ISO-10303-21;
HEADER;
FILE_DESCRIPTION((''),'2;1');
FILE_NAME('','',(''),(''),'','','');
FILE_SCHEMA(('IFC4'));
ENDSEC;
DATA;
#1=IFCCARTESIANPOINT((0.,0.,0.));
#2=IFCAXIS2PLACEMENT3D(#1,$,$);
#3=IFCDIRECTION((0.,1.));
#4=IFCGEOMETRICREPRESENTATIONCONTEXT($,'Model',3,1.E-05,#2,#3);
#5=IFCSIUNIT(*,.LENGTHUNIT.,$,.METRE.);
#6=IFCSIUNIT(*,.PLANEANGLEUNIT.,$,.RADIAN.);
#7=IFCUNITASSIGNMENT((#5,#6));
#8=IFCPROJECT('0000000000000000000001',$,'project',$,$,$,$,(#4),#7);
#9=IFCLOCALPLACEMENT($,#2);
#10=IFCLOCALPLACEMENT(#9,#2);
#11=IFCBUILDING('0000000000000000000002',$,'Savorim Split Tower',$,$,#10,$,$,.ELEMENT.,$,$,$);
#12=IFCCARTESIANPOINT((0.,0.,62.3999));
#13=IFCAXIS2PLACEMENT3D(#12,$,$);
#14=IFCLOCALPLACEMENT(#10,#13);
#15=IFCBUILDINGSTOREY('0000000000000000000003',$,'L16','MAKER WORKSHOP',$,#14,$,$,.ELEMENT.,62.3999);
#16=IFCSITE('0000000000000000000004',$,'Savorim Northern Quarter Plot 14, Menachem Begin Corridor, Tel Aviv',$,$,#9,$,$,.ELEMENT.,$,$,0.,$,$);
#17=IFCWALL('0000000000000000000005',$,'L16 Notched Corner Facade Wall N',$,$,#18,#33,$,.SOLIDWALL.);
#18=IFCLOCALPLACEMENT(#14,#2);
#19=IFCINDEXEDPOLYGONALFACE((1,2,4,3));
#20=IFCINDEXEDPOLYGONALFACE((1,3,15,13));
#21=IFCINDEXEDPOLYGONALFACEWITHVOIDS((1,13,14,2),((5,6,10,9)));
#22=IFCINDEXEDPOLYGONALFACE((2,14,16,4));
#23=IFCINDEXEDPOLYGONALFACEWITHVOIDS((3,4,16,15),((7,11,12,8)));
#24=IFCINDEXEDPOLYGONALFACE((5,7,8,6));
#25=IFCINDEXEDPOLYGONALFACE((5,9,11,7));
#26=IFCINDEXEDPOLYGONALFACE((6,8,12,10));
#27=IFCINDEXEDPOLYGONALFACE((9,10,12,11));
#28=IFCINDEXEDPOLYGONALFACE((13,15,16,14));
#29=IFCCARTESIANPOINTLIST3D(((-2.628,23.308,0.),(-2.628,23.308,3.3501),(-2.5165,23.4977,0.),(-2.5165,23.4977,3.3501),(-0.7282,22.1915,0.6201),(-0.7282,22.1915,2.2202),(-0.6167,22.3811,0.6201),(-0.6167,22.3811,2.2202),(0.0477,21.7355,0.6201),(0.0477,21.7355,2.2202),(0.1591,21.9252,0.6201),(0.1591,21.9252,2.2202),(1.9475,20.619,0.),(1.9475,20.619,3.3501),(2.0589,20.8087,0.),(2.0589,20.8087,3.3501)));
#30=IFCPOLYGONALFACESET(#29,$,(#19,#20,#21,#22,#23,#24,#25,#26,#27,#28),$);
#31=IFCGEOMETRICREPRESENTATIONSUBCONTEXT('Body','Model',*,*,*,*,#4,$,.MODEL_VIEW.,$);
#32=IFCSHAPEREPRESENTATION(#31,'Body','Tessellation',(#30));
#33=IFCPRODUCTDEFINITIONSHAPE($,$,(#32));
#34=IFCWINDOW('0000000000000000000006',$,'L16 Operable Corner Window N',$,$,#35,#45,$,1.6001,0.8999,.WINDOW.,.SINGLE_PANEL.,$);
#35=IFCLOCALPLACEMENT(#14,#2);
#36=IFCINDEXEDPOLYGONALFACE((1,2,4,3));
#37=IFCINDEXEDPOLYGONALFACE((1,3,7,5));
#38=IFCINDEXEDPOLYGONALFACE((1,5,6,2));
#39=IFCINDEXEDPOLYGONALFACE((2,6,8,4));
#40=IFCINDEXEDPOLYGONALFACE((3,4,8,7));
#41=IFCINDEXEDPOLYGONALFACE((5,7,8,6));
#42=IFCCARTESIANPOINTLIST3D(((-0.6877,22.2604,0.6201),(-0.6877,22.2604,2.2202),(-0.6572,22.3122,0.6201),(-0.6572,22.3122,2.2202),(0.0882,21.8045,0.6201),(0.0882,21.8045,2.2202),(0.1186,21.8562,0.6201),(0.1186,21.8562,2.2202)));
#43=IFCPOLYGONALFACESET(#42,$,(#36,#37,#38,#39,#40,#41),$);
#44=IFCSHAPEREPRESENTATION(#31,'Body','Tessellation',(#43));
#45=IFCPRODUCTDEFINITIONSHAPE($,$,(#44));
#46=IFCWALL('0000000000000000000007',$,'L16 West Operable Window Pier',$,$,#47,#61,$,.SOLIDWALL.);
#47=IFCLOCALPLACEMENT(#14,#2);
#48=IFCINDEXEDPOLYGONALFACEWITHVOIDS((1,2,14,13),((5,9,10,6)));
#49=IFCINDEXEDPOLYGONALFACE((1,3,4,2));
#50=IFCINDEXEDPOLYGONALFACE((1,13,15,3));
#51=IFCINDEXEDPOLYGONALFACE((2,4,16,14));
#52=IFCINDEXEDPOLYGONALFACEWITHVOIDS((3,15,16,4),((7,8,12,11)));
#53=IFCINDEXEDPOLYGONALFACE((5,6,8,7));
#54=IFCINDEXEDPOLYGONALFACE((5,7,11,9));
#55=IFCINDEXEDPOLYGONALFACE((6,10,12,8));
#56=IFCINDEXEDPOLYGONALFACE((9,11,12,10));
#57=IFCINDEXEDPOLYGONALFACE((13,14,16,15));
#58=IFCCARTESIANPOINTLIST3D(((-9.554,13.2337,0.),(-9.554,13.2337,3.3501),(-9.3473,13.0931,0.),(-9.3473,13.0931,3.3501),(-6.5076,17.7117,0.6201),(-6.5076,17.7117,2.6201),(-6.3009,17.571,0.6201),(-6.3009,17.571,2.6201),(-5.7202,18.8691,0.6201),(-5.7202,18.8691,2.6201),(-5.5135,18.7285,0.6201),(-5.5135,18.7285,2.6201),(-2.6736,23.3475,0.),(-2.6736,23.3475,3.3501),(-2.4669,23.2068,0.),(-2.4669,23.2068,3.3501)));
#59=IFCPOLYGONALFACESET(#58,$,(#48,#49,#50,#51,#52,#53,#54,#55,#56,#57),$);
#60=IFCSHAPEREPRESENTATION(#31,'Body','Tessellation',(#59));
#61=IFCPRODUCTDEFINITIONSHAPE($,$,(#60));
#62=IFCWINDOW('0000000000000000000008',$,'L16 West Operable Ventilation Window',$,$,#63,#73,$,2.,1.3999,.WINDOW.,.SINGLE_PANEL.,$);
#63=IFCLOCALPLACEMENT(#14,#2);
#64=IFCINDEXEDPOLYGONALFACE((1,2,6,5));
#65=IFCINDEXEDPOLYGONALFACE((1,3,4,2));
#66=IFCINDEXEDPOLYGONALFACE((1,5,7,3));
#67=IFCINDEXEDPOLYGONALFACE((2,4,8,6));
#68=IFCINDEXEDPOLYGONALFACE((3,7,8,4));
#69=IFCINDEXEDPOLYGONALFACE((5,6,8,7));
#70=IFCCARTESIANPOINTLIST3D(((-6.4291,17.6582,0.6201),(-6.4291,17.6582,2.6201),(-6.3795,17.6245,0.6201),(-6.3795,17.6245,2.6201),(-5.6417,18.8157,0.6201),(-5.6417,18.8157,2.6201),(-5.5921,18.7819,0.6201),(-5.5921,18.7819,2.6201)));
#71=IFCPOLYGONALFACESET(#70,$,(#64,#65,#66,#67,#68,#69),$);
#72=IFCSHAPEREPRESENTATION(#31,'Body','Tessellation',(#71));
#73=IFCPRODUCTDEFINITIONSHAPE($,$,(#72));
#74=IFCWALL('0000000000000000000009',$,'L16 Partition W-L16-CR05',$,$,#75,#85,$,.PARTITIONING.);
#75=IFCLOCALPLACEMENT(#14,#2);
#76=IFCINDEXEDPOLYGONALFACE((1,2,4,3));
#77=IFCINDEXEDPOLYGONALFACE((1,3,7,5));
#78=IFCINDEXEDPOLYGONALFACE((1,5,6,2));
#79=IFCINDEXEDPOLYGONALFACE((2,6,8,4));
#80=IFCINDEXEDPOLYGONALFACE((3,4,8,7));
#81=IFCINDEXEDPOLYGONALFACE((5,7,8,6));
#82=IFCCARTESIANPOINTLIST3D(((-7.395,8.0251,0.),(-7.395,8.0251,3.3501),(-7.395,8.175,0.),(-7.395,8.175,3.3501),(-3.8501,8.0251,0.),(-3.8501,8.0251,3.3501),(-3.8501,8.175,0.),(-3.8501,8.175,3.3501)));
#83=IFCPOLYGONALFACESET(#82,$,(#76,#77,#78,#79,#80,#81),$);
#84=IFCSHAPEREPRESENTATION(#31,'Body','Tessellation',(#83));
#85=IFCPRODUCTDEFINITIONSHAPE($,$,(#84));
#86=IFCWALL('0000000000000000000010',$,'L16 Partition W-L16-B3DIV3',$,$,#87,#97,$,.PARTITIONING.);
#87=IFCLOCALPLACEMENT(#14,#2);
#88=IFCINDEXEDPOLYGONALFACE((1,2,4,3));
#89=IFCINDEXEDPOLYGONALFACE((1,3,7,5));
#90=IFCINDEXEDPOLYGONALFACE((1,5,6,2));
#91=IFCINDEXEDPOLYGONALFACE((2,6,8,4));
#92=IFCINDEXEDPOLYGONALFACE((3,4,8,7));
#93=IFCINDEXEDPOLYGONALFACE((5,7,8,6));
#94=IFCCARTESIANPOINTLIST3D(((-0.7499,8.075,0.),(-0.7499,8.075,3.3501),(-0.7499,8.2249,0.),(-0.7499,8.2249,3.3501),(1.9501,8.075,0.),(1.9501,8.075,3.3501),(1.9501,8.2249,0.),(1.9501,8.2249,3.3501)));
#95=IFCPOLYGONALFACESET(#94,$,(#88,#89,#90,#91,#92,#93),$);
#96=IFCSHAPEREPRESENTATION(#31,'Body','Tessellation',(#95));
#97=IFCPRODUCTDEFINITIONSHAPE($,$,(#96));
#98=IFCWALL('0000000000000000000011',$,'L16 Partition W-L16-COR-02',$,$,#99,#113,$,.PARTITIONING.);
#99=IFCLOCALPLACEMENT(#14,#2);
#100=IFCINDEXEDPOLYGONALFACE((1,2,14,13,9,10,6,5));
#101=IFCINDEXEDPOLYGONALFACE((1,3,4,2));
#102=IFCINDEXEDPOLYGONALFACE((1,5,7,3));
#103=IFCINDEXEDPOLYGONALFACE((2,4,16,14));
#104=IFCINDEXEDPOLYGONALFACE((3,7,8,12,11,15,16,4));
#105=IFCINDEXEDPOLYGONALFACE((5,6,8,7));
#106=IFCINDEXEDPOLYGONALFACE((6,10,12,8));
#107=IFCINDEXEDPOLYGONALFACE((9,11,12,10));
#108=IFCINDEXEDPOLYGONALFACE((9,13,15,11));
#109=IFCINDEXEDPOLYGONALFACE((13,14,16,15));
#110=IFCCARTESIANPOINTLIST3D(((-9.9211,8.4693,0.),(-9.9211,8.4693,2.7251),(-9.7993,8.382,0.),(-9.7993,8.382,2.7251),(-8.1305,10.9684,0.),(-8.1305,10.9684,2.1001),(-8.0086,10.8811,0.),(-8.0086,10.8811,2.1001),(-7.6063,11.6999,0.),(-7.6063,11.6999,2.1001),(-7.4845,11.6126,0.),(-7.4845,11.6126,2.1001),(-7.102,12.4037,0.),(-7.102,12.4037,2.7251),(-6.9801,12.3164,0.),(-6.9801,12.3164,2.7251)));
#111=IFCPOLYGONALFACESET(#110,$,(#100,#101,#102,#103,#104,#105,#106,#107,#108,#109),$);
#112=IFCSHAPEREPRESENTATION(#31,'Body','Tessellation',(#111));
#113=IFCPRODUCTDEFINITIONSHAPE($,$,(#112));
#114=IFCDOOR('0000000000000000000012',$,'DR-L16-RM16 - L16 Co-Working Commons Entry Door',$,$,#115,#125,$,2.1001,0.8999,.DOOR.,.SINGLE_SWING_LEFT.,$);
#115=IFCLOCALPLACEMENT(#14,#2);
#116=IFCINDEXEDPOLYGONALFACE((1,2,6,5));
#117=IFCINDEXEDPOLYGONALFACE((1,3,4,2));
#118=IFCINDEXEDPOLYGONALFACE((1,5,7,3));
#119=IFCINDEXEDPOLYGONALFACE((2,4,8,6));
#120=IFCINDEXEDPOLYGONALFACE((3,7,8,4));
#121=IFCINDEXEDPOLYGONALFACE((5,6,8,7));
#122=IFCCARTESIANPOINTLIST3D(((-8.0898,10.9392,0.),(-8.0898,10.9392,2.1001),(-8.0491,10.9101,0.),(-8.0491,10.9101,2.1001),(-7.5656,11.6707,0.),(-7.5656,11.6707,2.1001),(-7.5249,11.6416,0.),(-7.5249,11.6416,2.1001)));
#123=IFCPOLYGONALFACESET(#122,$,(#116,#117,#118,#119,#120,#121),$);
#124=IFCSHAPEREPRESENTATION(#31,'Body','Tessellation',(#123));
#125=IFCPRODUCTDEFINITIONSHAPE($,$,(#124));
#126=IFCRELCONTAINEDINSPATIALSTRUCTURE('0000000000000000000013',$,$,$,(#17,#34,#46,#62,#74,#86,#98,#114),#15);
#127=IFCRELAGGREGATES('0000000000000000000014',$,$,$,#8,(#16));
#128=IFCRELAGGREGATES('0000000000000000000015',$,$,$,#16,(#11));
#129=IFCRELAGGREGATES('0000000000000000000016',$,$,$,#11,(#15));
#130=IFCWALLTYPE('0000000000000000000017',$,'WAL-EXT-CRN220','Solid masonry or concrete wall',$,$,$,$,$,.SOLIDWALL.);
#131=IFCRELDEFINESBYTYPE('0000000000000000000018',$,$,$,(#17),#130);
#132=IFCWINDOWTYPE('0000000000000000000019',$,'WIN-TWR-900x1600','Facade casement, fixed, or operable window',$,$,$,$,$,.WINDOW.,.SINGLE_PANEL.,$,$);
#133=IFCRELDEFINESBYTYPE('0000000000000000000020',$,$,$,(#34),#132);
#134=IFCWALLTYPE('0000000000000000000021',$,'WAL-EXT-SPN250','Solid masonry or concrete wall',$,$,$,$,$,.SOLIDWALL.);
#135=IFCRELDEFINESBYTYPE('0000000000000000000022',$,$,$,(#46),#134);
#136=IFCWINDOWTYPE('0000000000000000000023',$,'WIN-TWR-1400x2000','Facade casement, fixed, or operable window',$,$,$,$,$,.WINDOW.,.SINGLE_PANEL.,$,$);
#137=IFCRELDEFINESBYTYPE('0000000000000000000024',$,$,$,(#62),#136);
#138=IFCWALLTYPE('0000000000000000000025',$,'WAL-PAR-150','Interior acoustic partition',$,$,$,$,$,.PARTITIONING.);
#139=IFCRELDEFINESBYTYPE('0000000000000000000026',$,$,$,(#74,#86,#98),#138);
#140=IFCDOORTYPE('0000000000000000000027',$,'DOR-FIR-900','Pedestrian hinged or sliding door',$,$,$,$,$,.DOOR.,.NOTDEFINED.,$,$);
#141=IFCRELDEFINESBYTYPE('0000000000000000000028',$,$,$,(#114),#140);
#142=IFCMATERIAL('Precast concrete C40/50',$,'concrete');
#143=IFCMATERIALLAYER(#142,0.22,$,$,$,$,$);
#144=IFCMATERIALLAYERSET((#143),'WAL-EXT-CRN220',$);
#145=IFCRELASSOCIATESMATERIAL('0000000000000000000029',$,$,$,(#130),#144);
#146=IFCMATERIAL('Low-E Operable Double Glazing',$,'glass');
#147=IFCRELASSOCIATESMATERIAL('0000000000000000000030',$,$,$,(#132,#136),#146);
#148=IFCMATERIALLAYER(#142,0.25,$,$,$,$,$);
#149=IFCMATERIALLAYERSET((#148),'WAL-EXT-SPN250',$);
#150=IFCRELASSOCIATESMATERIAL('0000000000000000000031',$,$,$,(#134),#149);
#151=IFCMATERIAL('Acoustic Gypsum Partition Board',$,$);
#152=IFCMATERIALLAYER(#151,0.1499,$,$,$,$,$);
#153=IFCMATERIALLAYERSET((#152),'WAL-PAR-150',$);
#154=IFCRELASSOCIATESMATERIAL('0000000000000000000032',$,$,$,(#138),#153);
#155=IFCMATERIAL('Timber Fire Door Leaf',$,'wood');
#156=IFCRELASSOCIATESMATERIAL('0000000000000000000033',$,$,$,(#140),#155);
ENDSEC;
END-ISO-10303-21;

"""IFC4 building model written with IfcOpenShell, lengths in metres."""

from ifc_helpers import new_model, si_unit, direction, frame, frame_2d, origin, place, context, subcontext, project, spatial, rectangle, extrude, material, layer, layer_set, type_object, element, fill, save


model = new_model("IFC4")

# Units and contexts
model_context = context("Model", 3, precision=1e-05, world=origin(), true_north=direction((0.0, 1.0)))
body_context = subcontext(model_context, "Body", "Model", "MODEL_VIEW")
ifc_project = project(units=[si_unit("LENGTHUNIT", "METRE"), si_unit("PLANEANGLEUNIT", "RADIAN")], contexts=[model_context])

# Site, building, storey
site_placement = place(None, origin())
site = spatial("IfcSite", under=ifc_project, at=site_placement, Name="Savorim Northern Quarter Plot 14, Menachem Begin Corridor, Tel Aviv", CompositionType="ELEMENT", RefElevation=0.0)
building_placement = place(site_placement, origin())
building = spatial("IfcBuilding", under=site, at=building_placement, Name="Savorim Split Tower", CompositionType="ELEMENT")
storey_placement = place(building_placement, frame((0.0, 0.0, 62.3999)))
storey = spatial("IfcBuildingStorey", under=building, at=storey_placement, Name="L16", Description="MAKER WORKSHOP", CompositionType="ELEMENT", Elevation=62.3999)

# Walls, openings, windows
ifc_material_1 = material(Name="Precast concrete C40/50", Category="concrete")
ifc_layer_1 = layer(ifc_material_1, 0.22)
ifc_layer_set_1 = layer_set([ifc_layer_1], Name="WAL-EXT-CRN220")
wall_type_1 = type_object("IfcWallType", Name="WAL-EXT-CRN220", Description="Solid masonry or concrete wall", PredefinedType="SOLIDWALL", material=ifc_layer_set_1)
wall_1_placement = place(storey_placement, frame((-2.5723, 23.4028, 0.0), z_axis=(0.0, 0.0, 1.0), x_axis=(0.862138, -0.506674, 0.0)))
wall_1 = element("IfcWall", 1, at=wall_1_placement, inside=storey, type_object=wall_type_1, Name="L16 Notched Corner Facade Wall N", PredefinedType="SOLIDWALL", context=body_context, shape_type="SweptSolid", body=[
    extrude(rectangle(XDim=5.3071, YDim=0.22, at=frame_2d((2.6536, 0.0))), origin(), (0.0, 0.0, 1.0), 3.3501),
])
opening_1_placement = place(wall_1_placement, frame((2.2036, 0.0, 0.6201)))
opening_1 = element("IfcOpeningElement", 2, at=opening_1_placement, cuts=wall_1, PredefinedType="OPENING", context=body_context, shape_type="SweptSolid", body=[
    extrude(rectangle(XDim=0.8999, YDim=1.6001, at=frame_2d((0.45, 0.8))), frame((0.0, 0.1199, 0.0), z_axis=(0.0, -1.0, 0.0), x_axis=(1.0, 0.0, 0.0)), (0.0, 0.0, 1.0), 0.24),
])
ifc_material_2 = material(Name="Low-E Operable Double Glazing", Category="glass")
window_type_1 = type_object("IfcWindowType", Name="WIN-TWR-900x1600", Description="Facade casement, fixed, or operable window", PartitioningType="SINGLE_PANEL", PredefinedType="WINDOW", material=ifc_material_2)
window_1_placement = place(opening_1_placement, origin())
window_1 = element("IfcWindow", 3, at=window_1_placement, inside=storey, type_object=window_type_1, Name="L16 Operable Corner Window N", OverallHeight=1.6001, OverallWidth=0.8999, PartitioningType="SINGLE_PANEL", PredefinedType="WINDOW", context=body_context, shape_type="SweptSolid", body=[
    extrude(rectangle(XDim=0.8999, YDim=1.6001, at=frame_2d((0.45, 0.8))), frame((0.0, 0.03, 0.0), z_axis=(0.0, -1.0, 0.0), x_axis=(1.0, 0.0, 0.0)), (0.0, 0.0, 1.0), 0.0601),
])
fill(opening_1, window_1)
ifc_layer_2 = layer(ifc_material_1, 0.25)
ifc_layer_set_2 = layer_set([ifc_layer_2], Name="WAL-EXT-SPN250")
wall_type_2 = type_object("IfcWallType", Name="WAL-EXT-SPN250", Description="Solid masonry or concrete wall", PredefinedType="SOLIDWALL", material=ifc_layer_set_2)
wall_2_placement = place(storey_placement, frame((-9.4507, 13.1633, 0.0), z_axis=(0.0, 0.0, 1.0), x_axis=(0.562478, 0.826812, 0.0)))
wall_2 = element("IfcWall", 4, at=wall_2_placement, inside=storey, type_object=wall_type_2, Name="L16 West Operable Window Pier", PredefinedType="SOLIDWALL", context=body_context, shape_type="SweptSolid", body=[
    extrude(rectangle(XDim=12.2322, YDim=0.25, at=frame_2d((6.1162, 0.0))), origin(), (0.0, 0.0, 1.0), 3.3501),
])
opening_2_placement = place(wall_2_placement, frame((5.416, 0.0, 0.6201)))
opening_2 = element("IfcOpeningElement", 5, at=opening_2_placement, cuts=wall_2, PredefinedType="OPENING", context=body_context, shape_type="SweptSolid", body=[
    extrude(rectangle(XDim=1.3999, YDim=2.0, at=frame_2d((0.7, 1.0))), frame((0.0, 0.135, 0.0), z_axis=(0.0, -1.0, 0.0), x_axis=(1.0, 0.0, 0.0)), (0.0, 0.0, 1.0), 0.27),
])
window_type_2 = type_object("IfcWindowType", Name="WIN-TWR-1400x2000", Description="Facade casement, fixed, or operable window", PartitioningType="SINGLE_PANEL", PredefinedType="WINDOW", material=ifc_material_2)
window_2_placement = place(opening_2_placement, origin())
window_2 = element("IfcWindow", 6, at=window_2_placement, inside=storey, type_object=window_type_2, Name="L16 West Operable Ventilation Window", OverallHeight=2.0, OverallWidth=1.3999, PartitioningType="SINGLE_PANEL", PredefinedType="WINDOW", context=body_context, shape_type="SweptSolid", body=[
    extrude(rectangle(XDim=1.3999, YDim=2.0, at=frame_2d((0.7, 1.0))), frame((0.0, 0.03, 0.0), z_axis=(0.0, -1.0, 0.0), x_axis=(1.0, 0.0, 0.0)), (0.0, 0.0, 1.0), 0.0601),
])
fill(opening_2, window_2)

# Walls
ifc_material_3 = material(Name="Acoustic Gypsum Partition Board")
ifc_layer_3 = layer(ifc_material_3, 0.1499)
ifc_layer_set_3 = layer_set([ifc_layer_3], Name="WAL-PAR-150")
wall_type_3 = type_object("IfcWallType", Name="WAL-PAR-150", Description="Interior acoustic partition", PredefinedType="PARTITIONING", material=ifc_layer_set_3)
wall_3_placement = place(storey_placement, frame((-7.395, 8.1001, 0.0), z_axis=(0.0, 0.0, 1.0), x_axis=(1.0, 0.0, 0.0)))
element("IfcWall", 7, at=wall_3_placement, inside=storey, type_object=wall_type_3, Name="L16 Partition W-L16-CR05", PredefinedType="PARTITIONING", context=body_context, shape_type="SweptSolid", body=[
    extrude(rectangle(XDim=3.5449, YDim=0.1499, at=frame_2d((1.7725, 0.0))), origin(), (0.0, 0.0, 1.0), 3.3501),
])
wall_4_placement = place(storey_placement, frame((-0.75, 8.1499, 0.0), z_axis=(0.0, 0.0, 1.0), x_axis=(1.0, 0.0, 0.0)))
element("IfcWall", 8, at=wall_4_placement, inside=storey, type_object=wall_type_3, Name="L16 Partition W-L16-B3DIV3", PredefinedType="PARTITIONING", context=body_context, shape_type="SweptSolid", body=[
    extrude(rectangle(XDim=2.7, YDim=0.1499, at=frame_2d((1.3501, 0.0))), origin(), (0.0, 0.0, 1.0), 3.3501),
])

# Wall, opening, door
wall_5_placement = place(storey_placement, frame((-9.8601, 8.4258, 0.0), z_axis=(0.0, 0.0, 1.0), x_axis=(0.58245, 0.812867, 0.0)))
wall_5 = element("IfcWall", 9, at=wall_5_placement, inside=storey, type_object=wall_type_3, Name="L16 Partition W-L16-COR-02", PredefinedType="PARTITIONING", context=body_context, shape_type="SweptSolid", body=[
    extrude(rectangle(XDim=4.8401, YDim=0.1499, at=frame_2d((2.4199, 0.0))), origin(), (0.0, 0.0, 1.0), 2.7251),
])
opening_3_placement = place(wall_5_placement, frame((3.0742, 0.0, 0.0)))
opening_3 = element("IfcOpeningElement", 10, at=opening_3_placement, cuts=wall_5, PredefinedType="OPENING", context=body_context, shape_type="SweptSolid", body=[
    extrude(rectangle(XDim=0.8999, YDim=2.1001, at=frame_2d((0.45, 1.05))), frame((0.0, 0.085, 0.0), z_axis=(0.0, -1.0, 0.0), x_axis=(1.0, 0.0, 0.0)), (0.0, 0.0, 1.0), 0.1699),
])
ifc_material_4 = material(Name="Timber Fire Door Leaf", Category="wood")
door_type_1 = type_object("IfcDoorType", Name="DOR-FIR-900", Description="Pedestrian hinged or sliding door", OperationType="NOTDEFINED", PredefinedType="DOOR", material=ifc_material_4)
door_1_placement = place(opening_3_placement, origin())
door_1 = element("IfcDoor", 11, at=door_1_placement, inside=storey, type_object=door_type_1, Name="DR-L16-RM16 - L16 Co-Working Commons Entry Door", OperationType="SINGLE_SWING_LEFT", OverallHeight=2.1001, OverallWidth=0.8999, PredefinedType="DOOR", context=body_context, shape_type="SweptSolid", body=[
    extrude(rectangle(XDim=0.8999, YDim=2.1001, at=frame_2d((0.45, 1.05))), frame((0.0, 0.0249, 0.0), z_axis=(0.0, -1.0, 0.0), x_axis=(1.0, 0.0, 0.0)), (0.0, 0.0, 1.0), 0.05),
])
fill(opening_3, door_1)

save(model, "model.ifc")
